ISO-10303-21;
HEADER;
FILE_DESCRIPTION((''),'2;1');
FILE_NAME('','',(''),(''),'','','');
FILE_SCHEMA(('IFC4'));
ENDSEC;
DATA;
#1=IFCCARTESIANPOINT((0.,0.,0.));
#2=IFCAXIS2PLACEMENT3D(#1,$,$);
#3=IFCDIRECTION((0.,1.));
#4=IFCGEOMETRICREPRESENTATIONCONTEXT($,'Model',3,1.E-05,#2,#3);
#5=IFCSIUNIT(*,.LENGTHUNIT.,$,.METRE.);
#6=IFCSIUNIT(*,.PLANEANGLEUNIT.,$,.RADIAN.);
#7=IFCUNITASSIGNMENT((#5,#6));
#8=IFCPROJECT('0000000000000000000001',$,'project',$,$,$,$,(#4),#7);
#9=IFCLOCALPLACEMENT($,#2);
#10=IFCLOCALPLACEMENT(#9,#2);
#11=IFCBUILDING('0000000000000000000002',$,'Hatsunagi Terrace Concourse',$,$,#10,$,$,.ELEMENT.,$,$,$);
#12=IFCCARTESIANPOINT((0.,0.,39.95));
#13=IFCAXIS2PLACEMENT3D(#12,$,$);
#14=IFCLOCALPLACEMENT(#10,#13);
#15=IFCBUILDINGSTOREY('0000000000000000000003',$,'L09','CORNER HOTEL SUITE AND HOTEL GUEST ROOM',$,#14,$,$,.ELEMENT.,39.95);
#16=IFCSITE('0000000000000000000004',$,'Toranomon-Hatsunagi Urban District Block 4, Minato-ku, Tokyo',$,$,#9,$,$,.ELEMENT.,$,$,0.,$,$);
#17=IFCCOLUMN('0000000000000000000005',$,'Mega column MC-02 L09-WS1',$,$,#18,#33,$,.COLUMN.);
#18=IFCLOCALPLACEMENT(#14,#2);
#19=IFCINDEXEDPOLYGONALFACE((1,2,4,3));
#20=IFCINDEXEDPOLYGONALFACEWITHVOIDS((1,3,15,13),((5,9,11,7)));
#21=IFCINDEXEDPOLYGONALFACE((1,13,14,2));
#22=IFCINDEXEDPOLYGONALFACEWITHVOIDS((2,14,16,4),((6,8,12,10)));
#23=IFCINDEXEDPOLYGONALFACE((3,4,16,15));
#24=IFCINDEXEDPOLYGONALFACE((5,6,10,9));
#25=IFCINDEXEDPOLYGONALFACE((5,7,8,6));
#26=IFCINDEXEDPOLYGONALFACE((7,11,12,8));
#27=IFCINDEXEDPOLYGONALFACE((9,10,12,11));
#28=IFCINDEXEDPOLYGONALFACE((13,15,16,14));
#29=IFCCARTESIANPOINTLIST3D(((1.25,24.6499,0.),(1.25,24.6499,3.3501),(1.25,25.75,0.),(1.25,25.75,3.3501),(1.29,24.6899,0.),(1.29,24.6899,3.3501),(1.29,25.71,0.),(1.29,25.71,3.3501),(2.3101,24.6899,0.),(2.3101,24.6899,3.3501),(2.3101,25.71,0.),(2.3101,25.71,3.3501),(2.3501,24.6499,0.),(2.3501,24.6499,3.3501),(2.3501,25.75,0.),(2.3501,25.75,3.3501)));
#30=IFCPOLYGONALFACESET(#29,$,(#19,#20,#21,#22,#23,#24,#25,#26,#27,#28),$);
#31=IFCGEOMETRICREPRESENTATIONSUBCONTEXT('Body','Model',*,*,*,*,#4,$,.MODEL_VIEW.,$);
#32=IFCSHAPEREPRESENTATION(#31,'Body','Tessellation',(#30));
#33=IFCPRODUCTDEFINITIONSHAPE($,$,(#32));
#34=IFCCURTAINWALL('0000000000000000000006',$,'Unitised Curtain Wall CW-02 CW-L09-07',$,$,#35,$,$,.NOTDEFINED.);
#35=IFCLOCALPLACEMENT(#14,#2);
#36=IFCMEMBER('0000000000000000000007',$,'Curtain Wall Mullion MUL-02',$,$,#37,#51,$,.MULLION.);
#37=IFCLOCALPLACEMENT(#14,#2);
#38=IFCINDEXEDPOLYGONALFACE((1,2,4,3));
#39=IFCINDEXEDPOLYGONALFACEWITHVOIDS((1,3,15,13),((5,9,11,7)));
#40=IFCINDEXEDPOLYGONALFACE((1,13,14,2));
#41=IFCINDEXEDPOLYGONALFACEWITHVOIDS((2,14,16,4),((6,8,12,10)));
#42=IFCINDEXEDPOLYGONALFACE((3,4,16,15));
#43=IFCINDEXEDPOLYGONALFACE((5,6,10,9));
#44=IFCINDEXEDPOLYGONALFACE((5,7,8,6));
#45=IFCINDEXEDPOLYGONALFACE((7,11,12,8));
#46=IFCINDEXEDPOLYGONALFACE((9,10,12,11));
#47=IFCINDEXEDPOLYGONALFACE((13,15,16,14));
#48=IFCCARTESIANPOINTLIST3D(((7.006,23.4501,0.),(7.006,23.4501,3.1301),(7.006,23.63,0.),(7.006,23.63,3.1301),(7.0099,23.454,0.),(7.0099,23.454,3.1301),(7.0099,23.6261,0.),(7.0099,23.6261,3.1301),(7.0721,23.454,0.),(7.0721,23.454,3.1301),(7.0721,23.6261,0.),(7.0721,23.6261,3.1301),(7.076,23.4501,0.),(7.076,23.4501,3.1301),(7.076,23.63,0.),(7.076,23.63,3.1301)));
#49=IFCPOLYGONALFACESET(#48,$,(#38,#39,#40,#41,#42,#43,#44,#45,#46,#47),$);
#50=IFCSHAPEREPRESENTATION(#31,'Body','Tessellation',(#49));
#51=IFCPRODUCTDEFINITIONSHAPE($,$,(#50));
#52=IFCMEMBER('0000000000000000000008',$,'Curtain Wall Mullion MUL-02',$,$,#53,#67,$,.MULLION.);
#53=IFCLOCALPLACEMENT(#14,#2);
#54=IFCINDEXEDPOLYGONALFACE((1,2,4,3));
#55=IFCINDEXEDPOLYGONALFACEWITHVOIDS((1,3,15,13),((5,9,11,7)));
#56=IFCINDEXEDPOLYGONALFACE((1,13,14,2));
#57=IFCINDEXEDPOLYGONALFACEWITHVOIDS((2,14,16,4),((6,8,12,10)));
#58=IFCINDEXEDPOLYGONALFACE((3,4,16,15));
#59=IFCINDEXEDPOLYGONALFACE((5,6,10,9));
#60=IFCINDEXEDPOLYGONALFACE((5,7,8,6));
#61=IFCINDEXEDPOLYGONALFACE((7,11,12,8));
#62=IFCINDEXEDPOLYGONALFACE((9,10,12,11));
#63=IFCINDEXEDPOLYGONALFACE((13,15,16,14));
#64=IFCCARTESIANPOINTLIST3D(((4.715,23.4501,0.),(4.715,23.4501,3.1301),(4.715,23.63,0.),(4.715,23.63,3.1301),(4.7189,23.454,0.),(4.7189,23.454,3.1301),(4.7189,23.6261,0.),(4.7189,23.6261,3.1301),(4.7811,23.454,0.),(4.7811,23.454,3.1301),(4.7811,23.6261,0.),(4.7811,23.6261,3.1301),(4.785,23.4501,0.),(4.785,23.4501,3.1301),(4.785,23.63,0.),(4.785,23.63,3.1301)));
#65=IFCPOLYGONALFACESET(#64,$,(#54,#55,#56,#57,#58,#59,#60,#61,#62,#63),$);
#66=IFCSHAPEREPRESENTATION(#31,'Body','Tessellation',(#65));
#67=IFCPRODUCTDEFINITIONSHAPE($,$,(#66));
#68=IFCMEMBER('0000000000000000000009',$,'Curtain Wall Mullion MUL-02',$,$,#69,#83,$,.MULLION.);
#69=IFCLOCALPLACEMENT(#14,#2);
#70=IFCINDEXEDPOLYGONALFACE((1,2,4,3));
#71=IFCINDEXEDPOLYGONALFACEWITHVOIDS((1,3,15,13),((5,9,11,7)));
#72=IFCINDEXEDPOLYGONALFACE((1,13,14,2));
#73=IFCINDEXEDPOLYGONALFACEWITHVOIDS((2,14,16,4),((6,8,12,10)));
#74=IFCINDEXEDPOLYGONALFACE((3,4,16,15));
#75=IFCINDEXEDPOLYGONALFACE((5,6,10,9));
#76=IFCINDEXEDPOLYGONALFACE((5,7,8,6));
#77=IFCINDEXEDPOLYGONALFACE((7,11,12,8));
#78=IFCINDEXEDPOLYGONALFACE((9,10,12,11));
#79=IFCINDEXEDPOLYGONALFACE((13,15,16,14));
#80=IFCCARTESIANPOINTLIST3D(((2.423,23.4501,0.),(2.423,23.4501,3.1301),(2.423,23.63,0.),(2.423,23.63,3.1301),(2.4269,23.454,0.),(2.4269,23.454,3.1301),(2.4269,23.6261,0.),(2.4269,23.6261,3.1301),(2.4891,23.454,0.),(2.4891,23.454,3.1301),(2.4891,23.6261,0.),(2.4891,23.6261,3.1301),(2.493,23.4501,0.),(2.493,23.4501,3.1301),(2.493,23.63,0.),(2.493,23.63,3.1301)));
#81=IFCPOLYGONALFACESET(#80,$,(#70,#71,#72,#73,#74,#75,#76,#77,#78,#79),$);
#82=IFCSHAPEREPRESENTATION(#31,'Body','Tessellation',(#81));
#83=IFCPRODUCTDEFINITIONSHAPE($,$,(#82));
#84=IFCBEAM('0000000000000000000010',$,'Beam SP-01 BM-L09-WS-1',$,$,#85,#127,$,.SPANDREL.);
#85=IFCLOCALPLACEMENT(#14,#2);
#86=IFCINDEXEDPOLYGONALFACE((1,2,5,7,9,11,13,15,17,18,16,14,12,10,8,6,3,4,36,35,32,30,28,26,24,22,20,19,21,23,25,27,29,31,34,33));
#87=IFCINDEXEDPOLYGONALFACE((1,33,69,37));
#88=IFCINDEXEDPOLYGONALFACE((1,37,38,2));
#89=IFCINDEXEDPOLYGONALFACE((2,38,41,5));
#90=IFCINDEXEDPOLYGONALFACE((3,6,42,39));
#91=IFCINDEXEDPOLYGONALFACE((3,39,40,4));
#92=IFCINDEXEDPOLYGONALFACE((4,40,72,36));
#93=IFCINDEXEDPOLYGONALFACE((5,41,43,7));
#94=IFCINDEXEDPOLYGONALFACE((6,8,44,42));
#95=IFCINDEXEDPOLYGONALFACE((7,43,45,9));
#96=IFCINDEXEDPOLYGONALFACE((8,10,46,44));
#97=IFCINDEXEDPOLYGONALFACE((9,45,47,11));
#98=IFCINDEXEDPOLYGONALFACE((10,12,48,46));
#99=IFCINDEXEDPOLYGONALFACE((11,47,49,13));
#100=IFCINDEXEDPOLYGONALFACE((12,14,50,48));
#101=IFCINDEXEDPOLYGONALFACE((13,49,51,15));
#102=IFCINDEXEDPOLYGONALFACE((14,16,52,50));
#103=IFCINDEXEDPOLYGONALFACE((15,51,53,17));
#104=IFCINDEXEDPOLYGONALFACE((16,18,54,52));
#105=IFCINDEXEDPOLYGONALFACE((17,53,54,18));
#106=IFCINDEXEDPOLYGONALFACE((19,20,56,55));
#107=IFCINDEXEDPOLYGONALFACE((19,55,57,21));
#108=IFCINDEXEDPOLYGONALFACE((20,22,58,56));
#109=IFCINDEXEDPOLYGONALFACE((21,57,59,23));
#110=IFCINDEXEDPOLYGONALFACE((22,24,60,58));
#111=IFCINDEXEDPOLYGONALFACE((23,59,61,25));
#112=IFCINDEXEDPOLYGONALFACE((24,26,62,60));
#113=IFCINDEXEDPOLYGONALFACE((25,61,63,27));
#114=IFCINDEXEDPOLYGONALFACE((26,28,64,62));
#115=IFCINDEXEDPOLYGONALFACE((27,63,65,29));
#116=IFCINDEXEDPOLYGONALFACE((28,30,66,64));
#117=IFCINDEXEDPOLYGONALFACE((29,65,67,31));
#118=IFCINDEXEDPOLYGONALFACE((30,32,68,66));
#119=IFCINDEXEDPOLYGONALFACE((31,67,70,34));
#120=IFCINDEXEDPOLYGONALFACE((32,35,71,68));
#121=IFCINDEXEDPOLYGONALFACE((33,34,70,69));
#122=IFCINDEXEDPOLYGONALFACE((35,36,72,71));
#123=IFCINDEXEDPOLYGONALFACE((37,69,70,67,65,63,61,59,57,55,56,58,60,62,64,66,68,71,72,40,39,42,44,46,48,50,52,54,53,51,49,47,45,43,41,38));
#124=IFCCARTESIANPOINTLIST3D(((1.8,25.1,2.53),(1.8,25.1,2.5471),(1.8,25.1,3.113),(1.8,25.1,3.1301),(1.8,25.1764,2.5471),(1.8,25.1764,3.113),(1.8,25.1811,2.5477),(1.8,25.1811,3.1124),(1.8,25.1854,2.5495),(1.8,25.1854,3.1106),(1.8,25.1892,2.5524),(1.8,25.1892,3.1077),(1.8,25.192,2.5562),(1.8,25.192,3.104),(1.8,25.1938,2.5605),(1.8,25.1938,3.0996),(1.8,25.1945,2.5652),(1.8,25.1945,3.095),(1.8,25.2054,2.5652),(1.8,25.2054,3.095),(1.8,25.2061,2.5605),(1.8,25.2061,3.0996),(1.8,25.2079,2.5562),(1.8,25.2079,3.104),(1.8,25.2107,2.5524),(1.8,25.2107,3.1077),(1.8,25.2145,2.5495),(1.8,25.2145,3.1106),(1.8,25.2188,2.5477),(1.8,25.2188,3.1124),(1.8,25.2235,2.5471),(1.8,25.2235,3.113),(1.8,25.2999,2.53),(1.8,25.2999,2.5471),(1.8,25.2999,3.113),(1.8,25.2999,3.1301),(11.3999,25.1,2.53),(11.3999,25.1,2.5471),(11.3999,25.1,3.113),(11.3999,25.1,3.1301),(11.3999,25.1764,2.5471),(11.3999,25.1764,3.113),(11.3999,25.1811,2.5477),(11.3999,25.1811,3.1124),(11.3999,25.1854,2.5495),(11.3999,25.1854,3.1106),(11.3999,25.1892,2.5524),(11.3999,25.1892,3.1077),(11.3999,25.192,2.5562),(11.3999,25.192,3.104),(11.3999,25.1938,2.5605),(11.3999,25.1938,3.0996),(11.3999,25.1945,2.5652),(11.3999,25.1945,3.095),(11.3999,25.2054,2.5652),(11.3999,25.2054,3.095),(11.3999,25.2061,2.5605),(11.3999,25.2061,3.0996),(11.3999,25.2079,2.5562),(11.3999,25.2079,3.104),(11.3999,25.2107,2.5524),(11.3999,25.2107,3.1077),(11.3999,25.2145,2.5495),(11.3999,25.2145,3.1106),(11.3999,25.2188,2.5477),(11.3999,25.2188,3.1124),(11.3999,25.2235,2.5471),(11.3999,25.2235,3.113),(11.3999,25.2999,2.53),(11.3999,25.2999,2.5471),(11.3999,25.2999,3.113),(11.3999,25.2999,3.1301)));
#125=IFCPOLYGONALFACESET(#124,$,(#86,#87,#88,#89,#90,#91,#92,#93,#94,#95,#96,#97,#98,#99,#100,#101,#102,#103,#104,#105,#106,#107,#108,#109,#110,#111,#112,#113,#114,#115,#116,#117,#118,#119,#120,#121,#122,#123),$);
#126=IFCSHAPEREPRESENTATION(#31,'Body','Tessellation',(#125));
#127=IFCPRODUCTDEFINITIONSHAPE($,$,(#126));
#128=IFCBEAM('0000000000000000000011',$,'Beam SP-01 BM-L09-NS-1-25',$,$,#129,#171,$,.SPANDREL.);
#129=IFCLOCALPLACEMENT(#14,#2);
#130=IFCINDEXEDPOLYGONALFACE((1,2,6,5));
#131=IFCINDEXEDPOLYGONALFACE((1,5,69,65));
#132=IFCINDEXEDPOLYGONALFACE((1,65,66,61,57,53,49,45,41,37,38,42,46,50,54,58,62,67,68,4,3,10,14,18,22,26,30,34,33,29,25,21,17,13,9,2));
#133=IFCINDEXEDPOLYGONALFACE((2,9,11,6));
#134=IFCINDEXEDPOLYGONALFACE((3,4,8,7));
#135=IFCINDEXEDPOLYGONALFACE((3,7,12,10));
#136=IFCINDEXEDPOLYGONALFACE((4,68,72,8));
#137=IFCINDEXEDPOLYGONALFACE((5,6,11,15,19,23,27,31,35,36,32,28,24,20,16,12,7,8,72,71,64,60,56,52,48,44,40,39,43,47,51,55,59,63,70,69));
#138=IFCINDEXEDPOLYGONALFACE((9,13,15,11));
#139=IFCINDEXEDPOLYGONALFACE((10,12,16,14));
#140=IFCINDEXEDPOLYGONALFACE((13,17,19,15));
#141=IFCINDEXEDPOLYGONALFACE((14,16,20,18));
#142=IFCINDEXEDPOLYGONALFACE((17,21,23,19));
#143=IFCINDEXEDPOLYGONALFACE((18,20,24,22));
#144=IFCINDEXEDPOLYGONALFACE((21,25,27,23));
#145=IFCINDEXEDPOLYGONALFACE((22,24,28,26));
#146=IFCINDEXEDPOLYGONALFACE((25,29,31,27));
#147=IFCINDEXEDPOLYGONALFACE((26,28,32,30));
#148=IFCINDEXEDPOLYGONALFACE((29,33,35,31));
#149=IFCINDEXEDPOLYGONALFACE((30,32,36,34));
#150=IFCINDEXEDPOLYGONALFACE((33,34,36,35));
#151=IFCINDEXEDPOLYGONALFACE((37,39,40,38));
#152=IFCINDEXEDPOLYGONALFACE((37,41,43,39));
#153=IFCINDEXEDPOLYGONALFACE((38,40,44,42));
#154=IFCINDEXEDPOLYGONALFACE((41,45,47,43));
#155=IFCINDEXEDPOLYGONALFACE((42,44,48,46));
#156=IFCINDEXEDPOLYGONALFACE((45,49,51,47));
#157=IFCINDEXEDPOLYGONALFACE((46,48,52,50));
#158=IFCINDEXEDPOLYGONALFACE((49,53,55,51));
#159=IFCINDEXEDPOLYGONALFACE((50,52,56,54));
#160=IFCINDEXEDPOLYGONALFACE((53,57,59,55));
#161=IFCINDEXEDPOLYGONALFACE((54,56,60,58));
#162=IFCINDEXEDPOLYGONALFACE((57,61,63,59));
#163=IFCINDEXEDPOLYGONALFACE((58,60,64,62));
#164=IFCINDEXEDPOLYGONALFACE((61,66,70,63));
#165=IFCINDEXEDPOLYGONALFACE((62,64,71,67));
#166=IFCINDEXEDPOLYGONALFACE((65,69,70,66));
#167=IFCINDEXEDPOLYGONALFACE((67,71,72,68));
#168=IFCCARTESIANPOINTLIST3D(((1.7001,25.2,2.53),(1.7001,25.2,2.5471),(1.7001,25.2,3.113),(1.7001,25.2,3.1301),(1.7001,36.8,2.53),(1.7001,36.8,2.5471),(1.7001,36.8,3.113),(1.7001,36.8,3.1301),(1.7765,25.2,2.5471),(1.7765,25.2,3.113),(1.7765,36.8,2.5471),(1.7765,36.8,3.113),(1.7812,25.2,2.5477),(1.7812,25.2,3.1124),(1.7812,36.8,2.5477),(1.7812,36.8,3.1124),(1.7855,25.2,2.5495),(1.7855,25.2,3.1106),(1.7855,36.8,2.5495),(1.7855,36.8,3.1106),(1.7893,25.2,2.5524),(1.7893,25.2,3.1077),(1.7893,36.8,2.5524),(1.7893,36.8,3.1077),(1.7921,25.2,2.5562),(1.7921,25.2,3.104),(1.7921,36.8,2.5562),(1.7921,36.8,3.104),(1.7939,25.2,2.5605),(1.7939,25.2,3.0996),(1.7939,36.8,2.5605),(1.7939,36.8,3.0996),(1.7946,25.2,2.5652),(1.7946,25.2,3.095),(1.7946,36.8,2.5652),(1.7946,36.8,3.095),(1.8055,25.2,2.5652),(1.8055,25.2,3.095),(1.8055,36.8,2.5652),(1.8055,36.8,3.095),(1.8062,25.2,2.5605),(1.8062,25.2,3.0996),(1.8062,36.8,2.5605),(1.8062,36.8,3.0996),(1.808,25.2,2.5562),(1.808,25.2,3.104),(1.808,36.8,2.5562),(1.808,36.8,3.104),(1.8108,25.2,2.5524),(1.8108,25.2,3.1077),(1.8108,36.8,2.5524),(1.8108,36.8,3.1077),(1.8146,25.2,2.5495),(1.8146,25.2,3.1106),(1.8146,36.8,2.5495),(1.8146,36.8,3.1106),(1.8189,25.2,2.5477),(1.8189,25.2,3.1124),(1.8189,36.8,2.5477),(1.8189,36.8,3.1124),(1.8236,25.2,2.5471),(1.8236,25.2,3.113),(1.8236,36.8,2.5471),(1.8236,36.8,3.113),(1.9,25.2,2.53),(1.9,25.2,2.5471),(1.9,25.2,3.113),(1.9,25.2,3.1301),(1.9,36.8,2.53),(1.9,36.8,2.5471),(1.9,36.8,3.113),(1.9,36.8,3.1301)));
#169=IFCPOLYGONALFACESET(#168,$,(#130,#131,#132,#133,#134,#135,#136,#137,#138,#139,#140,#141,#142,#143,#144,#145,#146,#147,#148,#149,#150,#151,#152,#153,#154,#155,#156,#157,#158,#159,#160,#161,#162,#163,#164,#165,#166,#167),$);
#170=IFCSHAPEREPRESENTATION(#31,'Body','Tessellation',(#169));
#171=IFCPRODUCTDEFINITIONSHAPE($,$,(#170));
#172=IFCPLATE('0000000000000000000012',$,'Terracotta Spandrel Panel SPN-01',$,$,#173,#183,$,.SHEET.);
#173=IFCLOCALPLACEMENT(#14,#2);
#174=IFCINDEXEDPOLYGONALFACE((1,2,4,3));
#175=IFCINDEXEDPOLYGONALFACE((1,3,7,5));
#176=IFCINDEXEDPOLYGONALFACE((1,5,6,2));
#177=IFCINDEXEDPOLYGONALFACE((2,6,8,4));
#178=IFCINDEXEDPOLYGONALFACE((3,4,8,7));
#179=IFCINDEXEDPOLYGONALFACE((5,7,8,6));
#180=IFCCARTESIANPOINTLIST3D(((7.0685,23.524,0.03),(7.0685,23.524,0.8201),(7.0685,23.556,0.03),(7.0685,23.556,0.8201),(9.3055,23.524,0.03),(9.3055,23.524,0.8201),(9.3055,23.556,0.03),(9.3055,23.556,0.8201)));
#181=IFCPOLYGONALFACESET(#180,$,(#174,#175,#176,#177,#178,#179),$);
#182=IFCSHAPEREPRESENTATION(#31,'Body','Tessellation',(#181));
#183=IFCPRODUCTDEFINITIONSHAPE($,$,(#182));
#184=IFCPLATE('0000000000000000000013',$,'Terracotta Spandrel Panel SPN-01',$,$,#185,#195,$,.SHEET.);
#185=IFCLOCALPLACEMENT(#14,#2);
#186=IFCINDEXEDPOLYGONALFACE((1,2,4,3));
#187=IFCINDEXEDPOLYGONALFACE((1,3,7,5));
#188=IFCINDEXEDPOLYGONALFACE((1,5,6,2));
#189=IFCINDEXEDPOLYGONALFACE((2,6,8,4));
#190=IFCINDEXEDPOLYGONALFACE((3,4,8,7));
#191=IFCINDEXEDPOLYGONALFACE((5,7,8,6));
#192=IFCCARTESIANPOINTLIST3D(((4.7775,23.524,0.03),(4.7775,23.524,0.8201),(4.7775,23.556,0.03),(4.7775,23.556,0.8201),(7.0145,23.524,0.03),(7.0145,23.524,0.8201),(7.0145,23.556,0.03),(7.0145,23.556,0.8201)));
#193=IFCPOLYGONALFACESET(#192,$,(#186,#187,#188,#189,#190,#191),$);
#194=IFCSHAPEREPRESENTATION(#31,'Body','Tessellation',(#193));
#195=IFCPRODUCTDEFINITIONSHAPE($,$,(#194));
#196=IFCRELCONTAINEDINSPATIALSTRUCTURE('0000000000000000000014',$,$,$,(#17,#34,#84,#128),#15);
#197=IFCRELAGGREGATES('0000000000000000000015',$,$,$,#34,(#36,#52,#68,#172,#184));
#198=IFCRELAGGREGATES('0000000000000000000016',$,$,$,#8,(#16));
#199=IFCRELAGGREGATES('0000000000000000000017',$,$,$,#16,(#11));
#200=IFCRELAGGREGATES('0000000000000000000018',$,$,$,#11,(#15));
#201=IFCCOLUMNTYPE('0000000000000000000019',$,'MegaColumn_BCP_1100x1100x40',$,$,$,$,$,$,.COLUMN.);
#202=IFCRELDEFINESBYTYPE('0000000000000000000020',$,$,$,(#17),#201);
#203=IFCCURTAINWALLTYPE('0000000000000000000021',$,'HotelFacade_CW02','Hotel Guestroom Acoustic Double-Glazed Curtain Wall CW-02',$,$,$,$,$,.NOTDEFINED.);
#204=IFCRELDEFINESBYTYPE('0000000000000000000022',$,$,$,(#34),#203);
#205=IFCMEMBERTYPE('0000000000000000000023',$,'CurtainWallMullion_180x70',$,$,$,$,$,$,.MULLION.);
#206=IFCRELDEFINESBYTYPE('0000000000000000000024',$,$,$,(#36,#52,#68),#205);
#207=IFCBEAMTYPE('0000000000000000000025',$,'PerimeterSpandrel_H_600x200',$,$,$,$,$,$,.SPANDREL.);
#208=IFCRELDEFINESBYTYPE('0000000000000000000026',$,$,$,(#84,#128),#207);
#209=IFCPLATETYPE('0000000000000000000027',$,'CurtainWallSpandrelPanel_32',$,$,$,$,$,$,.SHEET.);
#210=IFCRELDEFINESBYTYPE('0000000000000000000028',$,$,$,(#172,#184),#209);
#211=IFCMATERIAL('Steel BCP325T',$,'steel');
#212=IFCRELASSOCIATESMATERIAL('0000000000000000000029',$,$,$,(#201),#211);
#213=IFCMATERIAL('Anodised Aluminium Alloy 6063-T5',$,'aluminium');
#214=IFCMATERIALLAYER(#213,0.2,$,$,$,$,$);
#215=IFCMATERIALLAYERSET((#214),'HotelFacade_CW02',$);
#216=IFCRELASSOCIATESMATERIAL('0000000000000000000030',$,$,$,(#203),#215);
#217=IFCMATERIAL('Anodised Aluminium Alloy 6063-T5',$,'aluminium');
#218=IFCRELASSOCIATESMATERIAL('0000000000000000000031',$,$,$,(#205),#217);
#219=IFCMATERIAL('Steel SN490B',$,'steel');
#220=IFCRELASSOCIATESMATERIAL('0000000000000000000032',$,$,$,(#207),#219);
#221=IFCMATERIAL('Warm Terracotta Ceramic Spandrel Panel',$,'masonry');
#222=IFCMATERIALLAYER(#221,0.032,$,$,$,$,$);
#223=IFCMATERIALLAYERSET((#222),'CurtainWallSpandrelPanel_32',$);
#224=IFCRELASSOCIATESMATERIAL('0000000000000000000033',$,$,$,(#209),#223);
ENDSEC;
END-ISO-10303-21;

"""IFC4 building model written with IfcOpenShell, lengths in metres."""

from ifc_helpers import new_model, si_unit, direction, frame, origin, origin_2d, place, context, subcontext, project, spatial, rectangle, hollow_rectangle, i_section, extrude, material, layer, layer_set, material_profile, profile_set, type_object, element, aggregate, save


model = new_model("IFC4")

# Units and contexts
model_context = context("Model", 3, precision=1e-05, world=origin(), true_north=direction((0.0, 1.0)))
body_context = subcontext(model_context, "Body", "Model", "MODEL_VIEW")
ifc_project = project(units=[si_unit("LENGTHUNIT", "METRE"), si_unit("PLANEANGLEUNIT", "RADIAN")], contexts=[model_context])

# Site, building, storey
site_placement = place(None, origin())
site = spatial("IfcSite", under=ifc_project, at=site_placement, Name="Toranomon-Hatsunagi Urban District Block 4, Minato-ku, Tokyo", CompositionType="ELEMENT", RefElevation=0.0)
building_placement = place(site_placement, origin())
building = spatial("IfcBuilding", under=site, at=building_placement, Name="Hatsunagi Terrace Concourse", CompositionType="ELEMENT")
storey_placement = place(building_placement, frame((0.0, 0.0, 39.95)))
storey = spatial("IfcBuildingStorey", under=building, at=storey_placement, Name="L09", Description="CORNER HOTEL SUITE AND HOTEL GUEST ROOM", CompositionType="ELEMENT", Elevation=39.95)

# Column
ifc_material_1 = material(Name="Steel BCP325T", Category="steel")
ifc_material_profile_1 = material_profile(ifc_material_1, hollow_rectangle(XDim=1.1001, YDim=1.1001, WallThickness=0.04, at=origin_2d()), Name="BCP-1100x1100x40")
ifc_profile_set_1 = profile_set([ifc_material_profile_1], Name="Steel BCP325T")
column_type = type_object("IfcColumnType", Name="MegaColumn_BCP_1100x1100x40", PredefinedType="COLUMN", material=ifc_profile_set_1)
column_placement = place(storey_placement, frame((1.8, 25.2, 0.0), z_axis=(0.0, 0.0, 1.0), x_axis=(1.0, 0.0, 0.0)))
element("IfcColumn", 1, at=column_placement, inside=storey, type_object=column_type, Name="Mega column MC-02 L09-WS1", PredefinedType="COLUMN", context=body_context, shape_type="SweptSolid", body=[
    extrude(hollow_rectangle(XDim=1.1001, YDim=1.1001, WallThickness=0.04, at=origin_2d()), origin(), (0.0, 0.0, 1.0), 3.3501),
])

# Curtain wall, members
ifc_material_2 = material(Name="Anodised Aluminium Alloy 6063-T5", Category="aluminium")
ifc_layer_1 = layer(ifc_material_2, 0.2)
ifc_layer_set_1 = layer_set([ifc_layer_1], Name="HotelFacade_CW02")
curtain_wall_type = type_object("IfcCurtainWallType", Name="HotelFacade_CW02", Description="Hotel Guestroom Acoustic Double-Glazed Curtain Wall CW-02", PredefinedType="NOTDEFINED", material=ifc_layer_set_1)
curtain_wall_placement = place(storey_placement, origin())
curtain_wall = element("IfcCurtainWall", 2, at=curtain_wall_placement, inside=storey, type_object=curtain_wall_type, Name="Unitised Curtain Wall CW-02 CW-L09-07", PredefinedType="NOTDEFINED")
ifc_material_3 = material(Name="Anodised Aluminium Alloy 6063-T5", Category="aluminium")
ifc_material_profile_2 = material_profile(ifc_material_3, hollow_rectangle(XDim=0.0701, YDim=0.1799, WallThickness=0.0039, at=origin_2d()), Name="ALU-MUL-180x70x4")
ifc_profile_set_2 = profile_set([ifc_material_profile_2], Name="Anodised Aluminium Alloy 6063-T5")
member_type = type_object("IfcMemberType", Name="CurtainWallMullion_180x70", PredefinedType="MULLION", material=ifc_profile_set_2)
member_1_placement = place(storey_placement, frame((7.041, 23.54, 0.0), z_axis=(0.0, 0.0, 1.0), x_axis=(-1.0, 0.0, 0.0)))
member_1 = element("IfcMember", 3, at=member_1_placement, type_object=member_type, Name="Curtain Wall Mullion MUL-02", PredefinedType="MULLION", context=body_context, shape_type="SweptSolid", body=[
    extrude(hollow_rectangle(XDim=0.0701, YDim=0.1799, WallThickness=0.0039, at=origin_2d()), origin(), (0.0, 0.0, 1.0), 3.1301),
])
member_2_placement = place(storey_placement, frame((4.75, 23.54, 0.0), z_axis=(0.0, 0.0, 1.0), x_axis=(-1.0, 0.0, 0.0)))
member_2 = element("IfcMember", 4, at=member_2_placement, type_object=member_type, Name="Curtain Wall Mullion MUL-02", PredefinedType="MULLION", context=body_context, shape_type="SweptSolid", body=[
    extrude(hollow_rectangle(XDim=0.0701, YDim=0.1799, WallThickness=0.0039, at=origin_2d()), origin(), (0.0, 0.0, 1.0), 3.1301),
])
member_3_placement = place(storey_placement, frame((2.458, 23.54, 0.0), z_axis=(0.0, 0.0, 1.0), x_axis=(-1.0, 0.0, 0.0)))
member_3 = element("IfcMember", 5, at=member_3_placement, type_object=member_type, Name="Curtain Wall Mullion MUL-02", PredefinedType="MULLION", context=body_context, shape_type="SweptSolid", body=[
    extrude(hollow_rectangle(XDim=0.0701, YDim=0.1799, WallThickness=0.0039, at=origin_2d()), origin(), (0.0, 0.0, 1.0), 3.1301),
])

# Beams
ifc_material_4 = material(Name="Steel SN490B", Category="steel")
ifc_material_profile_3 = material_profile(ifc_material_4, i_section(OverallWidth=0.2, OverallDepth=0.6001, WebThickness=0.011, FlangeThickness=0.0171, FilletRadius=0.0181, at=origin_2d()), Name="H-600x200x11x17")
ifc_profile_set_3 = profile_set([ifc_material_profile_3], Name="Steel SN490B")
beam_type = type_object("IfcBeamType", Name="PerimeterSpandrel_H_600x200", PredefinedType="SPANDREL", material=ifc_profile_set_3)
beam_1_placement = place(storey_placement, frame((1.8, 25.2, 2.8301), z_axis=(1.0, 0.0, 0.0), x_axis=(0.0, 1.0, 0.0)))
element("IfcBeam", 6, at=beam_1_placement, inside=storey, type_object=beam_type, Name="Beam SP-01 BM-L09-WS-1", PredefinedType="SPANDREL", context=body_context, shape_type="SweptSolid", body=[
    extrude(i_section(OverallWidth=0.2, OverallDepth=0.6001, WebThickness=0.011, FlangeThickness=0.0171, FilletRadius=0.0181, at=origin_2d()), origin(), (0.0, 0.0, 1.0), 9.5999),
])
beam_2_placement = place(storey_placement, frame((1.8, 25.2, 2.8301), z_axis=(0.0, 1.0, 0.0), x_axis=(-1.0, 0.0, 0.0)))
element("IfcBeam", 7, at=beam_2_placement, inside=storey, type_object=beam_type, Name="Beam SP-01 BM-L09-NS-1-25", PredefinedType="SPANDREL", context=body_context, shape_type="SweptSolid", body=[
    extrude(i_section(OverallWidth=0.2, OverallDepth=0.6001, WebThickness=0.011, FlangeThickness=0.0171, FilletRadius=0.0181, at=origin_2d()), origin(), (0.0, 0.0, 1.0), 11.6001),
])

# Plates
ifc_material_5 = material(Name="Warm Terracotta Ceramic Spandrel Panel", Category="masonry")
ifc_layer_2 = layer(ifc_material_5, 0.032)
ifc_layer_set_2 = layer_set([ifc_layer_2], Name="CurtainWallSpandrelPanel_32")
plate_type_1 = type_object("IfcPlateType", Name="CurtainWallSpandrelPanel_32", PredefinedType="SHEET", material=ifc_layer_set_2)
plate_1_placement = place(storey_placement, frame((8.187, 23.54, 0.03), z_axis=(0.0, 0.0, 1.0), x_axis=(-1.0, 0.0, 0.0)))
plate_1 = element("IfcPlate", 8, at=plate_1_placement, type_object=plate_type_1, Name="Terracotta Spandrel Panel SPN-01", PredefinedType="SHEET", context=body_context, shape_type="SweptSolid", body=[
    extrude(rectangle(XDim=2.2371, YDim=0.032, at=origin_2d()), origin(), (0.0, 0.0, 1.0), 0.79),
])
plate_2_placement = place(storey_placement, frame((5.896, 23.54, 0.03), z_axis=(0.0, 0.0, 1.0), x_axis=(-1.0, 0.0, 0.0)))
plate_2 = element("IfcPlate", 9, at=plate_2_placement, type_object=plate_type_1, Name="Terracotta Spandrel Panel SPN-01", PredefinedType="SHEET", context=body_context, shape_type="SweptSolid", body=[
    extrude(rectangle(XDim=2.2371, YDim=0.032, at=origin_2d()), origin(), (0.0, 0.0, 1.0), 0.79),
])
aggregate(curtain_wall, [member_1, member_2, member_3, plate_1, plate_2])

save(model, "model.ifc")
